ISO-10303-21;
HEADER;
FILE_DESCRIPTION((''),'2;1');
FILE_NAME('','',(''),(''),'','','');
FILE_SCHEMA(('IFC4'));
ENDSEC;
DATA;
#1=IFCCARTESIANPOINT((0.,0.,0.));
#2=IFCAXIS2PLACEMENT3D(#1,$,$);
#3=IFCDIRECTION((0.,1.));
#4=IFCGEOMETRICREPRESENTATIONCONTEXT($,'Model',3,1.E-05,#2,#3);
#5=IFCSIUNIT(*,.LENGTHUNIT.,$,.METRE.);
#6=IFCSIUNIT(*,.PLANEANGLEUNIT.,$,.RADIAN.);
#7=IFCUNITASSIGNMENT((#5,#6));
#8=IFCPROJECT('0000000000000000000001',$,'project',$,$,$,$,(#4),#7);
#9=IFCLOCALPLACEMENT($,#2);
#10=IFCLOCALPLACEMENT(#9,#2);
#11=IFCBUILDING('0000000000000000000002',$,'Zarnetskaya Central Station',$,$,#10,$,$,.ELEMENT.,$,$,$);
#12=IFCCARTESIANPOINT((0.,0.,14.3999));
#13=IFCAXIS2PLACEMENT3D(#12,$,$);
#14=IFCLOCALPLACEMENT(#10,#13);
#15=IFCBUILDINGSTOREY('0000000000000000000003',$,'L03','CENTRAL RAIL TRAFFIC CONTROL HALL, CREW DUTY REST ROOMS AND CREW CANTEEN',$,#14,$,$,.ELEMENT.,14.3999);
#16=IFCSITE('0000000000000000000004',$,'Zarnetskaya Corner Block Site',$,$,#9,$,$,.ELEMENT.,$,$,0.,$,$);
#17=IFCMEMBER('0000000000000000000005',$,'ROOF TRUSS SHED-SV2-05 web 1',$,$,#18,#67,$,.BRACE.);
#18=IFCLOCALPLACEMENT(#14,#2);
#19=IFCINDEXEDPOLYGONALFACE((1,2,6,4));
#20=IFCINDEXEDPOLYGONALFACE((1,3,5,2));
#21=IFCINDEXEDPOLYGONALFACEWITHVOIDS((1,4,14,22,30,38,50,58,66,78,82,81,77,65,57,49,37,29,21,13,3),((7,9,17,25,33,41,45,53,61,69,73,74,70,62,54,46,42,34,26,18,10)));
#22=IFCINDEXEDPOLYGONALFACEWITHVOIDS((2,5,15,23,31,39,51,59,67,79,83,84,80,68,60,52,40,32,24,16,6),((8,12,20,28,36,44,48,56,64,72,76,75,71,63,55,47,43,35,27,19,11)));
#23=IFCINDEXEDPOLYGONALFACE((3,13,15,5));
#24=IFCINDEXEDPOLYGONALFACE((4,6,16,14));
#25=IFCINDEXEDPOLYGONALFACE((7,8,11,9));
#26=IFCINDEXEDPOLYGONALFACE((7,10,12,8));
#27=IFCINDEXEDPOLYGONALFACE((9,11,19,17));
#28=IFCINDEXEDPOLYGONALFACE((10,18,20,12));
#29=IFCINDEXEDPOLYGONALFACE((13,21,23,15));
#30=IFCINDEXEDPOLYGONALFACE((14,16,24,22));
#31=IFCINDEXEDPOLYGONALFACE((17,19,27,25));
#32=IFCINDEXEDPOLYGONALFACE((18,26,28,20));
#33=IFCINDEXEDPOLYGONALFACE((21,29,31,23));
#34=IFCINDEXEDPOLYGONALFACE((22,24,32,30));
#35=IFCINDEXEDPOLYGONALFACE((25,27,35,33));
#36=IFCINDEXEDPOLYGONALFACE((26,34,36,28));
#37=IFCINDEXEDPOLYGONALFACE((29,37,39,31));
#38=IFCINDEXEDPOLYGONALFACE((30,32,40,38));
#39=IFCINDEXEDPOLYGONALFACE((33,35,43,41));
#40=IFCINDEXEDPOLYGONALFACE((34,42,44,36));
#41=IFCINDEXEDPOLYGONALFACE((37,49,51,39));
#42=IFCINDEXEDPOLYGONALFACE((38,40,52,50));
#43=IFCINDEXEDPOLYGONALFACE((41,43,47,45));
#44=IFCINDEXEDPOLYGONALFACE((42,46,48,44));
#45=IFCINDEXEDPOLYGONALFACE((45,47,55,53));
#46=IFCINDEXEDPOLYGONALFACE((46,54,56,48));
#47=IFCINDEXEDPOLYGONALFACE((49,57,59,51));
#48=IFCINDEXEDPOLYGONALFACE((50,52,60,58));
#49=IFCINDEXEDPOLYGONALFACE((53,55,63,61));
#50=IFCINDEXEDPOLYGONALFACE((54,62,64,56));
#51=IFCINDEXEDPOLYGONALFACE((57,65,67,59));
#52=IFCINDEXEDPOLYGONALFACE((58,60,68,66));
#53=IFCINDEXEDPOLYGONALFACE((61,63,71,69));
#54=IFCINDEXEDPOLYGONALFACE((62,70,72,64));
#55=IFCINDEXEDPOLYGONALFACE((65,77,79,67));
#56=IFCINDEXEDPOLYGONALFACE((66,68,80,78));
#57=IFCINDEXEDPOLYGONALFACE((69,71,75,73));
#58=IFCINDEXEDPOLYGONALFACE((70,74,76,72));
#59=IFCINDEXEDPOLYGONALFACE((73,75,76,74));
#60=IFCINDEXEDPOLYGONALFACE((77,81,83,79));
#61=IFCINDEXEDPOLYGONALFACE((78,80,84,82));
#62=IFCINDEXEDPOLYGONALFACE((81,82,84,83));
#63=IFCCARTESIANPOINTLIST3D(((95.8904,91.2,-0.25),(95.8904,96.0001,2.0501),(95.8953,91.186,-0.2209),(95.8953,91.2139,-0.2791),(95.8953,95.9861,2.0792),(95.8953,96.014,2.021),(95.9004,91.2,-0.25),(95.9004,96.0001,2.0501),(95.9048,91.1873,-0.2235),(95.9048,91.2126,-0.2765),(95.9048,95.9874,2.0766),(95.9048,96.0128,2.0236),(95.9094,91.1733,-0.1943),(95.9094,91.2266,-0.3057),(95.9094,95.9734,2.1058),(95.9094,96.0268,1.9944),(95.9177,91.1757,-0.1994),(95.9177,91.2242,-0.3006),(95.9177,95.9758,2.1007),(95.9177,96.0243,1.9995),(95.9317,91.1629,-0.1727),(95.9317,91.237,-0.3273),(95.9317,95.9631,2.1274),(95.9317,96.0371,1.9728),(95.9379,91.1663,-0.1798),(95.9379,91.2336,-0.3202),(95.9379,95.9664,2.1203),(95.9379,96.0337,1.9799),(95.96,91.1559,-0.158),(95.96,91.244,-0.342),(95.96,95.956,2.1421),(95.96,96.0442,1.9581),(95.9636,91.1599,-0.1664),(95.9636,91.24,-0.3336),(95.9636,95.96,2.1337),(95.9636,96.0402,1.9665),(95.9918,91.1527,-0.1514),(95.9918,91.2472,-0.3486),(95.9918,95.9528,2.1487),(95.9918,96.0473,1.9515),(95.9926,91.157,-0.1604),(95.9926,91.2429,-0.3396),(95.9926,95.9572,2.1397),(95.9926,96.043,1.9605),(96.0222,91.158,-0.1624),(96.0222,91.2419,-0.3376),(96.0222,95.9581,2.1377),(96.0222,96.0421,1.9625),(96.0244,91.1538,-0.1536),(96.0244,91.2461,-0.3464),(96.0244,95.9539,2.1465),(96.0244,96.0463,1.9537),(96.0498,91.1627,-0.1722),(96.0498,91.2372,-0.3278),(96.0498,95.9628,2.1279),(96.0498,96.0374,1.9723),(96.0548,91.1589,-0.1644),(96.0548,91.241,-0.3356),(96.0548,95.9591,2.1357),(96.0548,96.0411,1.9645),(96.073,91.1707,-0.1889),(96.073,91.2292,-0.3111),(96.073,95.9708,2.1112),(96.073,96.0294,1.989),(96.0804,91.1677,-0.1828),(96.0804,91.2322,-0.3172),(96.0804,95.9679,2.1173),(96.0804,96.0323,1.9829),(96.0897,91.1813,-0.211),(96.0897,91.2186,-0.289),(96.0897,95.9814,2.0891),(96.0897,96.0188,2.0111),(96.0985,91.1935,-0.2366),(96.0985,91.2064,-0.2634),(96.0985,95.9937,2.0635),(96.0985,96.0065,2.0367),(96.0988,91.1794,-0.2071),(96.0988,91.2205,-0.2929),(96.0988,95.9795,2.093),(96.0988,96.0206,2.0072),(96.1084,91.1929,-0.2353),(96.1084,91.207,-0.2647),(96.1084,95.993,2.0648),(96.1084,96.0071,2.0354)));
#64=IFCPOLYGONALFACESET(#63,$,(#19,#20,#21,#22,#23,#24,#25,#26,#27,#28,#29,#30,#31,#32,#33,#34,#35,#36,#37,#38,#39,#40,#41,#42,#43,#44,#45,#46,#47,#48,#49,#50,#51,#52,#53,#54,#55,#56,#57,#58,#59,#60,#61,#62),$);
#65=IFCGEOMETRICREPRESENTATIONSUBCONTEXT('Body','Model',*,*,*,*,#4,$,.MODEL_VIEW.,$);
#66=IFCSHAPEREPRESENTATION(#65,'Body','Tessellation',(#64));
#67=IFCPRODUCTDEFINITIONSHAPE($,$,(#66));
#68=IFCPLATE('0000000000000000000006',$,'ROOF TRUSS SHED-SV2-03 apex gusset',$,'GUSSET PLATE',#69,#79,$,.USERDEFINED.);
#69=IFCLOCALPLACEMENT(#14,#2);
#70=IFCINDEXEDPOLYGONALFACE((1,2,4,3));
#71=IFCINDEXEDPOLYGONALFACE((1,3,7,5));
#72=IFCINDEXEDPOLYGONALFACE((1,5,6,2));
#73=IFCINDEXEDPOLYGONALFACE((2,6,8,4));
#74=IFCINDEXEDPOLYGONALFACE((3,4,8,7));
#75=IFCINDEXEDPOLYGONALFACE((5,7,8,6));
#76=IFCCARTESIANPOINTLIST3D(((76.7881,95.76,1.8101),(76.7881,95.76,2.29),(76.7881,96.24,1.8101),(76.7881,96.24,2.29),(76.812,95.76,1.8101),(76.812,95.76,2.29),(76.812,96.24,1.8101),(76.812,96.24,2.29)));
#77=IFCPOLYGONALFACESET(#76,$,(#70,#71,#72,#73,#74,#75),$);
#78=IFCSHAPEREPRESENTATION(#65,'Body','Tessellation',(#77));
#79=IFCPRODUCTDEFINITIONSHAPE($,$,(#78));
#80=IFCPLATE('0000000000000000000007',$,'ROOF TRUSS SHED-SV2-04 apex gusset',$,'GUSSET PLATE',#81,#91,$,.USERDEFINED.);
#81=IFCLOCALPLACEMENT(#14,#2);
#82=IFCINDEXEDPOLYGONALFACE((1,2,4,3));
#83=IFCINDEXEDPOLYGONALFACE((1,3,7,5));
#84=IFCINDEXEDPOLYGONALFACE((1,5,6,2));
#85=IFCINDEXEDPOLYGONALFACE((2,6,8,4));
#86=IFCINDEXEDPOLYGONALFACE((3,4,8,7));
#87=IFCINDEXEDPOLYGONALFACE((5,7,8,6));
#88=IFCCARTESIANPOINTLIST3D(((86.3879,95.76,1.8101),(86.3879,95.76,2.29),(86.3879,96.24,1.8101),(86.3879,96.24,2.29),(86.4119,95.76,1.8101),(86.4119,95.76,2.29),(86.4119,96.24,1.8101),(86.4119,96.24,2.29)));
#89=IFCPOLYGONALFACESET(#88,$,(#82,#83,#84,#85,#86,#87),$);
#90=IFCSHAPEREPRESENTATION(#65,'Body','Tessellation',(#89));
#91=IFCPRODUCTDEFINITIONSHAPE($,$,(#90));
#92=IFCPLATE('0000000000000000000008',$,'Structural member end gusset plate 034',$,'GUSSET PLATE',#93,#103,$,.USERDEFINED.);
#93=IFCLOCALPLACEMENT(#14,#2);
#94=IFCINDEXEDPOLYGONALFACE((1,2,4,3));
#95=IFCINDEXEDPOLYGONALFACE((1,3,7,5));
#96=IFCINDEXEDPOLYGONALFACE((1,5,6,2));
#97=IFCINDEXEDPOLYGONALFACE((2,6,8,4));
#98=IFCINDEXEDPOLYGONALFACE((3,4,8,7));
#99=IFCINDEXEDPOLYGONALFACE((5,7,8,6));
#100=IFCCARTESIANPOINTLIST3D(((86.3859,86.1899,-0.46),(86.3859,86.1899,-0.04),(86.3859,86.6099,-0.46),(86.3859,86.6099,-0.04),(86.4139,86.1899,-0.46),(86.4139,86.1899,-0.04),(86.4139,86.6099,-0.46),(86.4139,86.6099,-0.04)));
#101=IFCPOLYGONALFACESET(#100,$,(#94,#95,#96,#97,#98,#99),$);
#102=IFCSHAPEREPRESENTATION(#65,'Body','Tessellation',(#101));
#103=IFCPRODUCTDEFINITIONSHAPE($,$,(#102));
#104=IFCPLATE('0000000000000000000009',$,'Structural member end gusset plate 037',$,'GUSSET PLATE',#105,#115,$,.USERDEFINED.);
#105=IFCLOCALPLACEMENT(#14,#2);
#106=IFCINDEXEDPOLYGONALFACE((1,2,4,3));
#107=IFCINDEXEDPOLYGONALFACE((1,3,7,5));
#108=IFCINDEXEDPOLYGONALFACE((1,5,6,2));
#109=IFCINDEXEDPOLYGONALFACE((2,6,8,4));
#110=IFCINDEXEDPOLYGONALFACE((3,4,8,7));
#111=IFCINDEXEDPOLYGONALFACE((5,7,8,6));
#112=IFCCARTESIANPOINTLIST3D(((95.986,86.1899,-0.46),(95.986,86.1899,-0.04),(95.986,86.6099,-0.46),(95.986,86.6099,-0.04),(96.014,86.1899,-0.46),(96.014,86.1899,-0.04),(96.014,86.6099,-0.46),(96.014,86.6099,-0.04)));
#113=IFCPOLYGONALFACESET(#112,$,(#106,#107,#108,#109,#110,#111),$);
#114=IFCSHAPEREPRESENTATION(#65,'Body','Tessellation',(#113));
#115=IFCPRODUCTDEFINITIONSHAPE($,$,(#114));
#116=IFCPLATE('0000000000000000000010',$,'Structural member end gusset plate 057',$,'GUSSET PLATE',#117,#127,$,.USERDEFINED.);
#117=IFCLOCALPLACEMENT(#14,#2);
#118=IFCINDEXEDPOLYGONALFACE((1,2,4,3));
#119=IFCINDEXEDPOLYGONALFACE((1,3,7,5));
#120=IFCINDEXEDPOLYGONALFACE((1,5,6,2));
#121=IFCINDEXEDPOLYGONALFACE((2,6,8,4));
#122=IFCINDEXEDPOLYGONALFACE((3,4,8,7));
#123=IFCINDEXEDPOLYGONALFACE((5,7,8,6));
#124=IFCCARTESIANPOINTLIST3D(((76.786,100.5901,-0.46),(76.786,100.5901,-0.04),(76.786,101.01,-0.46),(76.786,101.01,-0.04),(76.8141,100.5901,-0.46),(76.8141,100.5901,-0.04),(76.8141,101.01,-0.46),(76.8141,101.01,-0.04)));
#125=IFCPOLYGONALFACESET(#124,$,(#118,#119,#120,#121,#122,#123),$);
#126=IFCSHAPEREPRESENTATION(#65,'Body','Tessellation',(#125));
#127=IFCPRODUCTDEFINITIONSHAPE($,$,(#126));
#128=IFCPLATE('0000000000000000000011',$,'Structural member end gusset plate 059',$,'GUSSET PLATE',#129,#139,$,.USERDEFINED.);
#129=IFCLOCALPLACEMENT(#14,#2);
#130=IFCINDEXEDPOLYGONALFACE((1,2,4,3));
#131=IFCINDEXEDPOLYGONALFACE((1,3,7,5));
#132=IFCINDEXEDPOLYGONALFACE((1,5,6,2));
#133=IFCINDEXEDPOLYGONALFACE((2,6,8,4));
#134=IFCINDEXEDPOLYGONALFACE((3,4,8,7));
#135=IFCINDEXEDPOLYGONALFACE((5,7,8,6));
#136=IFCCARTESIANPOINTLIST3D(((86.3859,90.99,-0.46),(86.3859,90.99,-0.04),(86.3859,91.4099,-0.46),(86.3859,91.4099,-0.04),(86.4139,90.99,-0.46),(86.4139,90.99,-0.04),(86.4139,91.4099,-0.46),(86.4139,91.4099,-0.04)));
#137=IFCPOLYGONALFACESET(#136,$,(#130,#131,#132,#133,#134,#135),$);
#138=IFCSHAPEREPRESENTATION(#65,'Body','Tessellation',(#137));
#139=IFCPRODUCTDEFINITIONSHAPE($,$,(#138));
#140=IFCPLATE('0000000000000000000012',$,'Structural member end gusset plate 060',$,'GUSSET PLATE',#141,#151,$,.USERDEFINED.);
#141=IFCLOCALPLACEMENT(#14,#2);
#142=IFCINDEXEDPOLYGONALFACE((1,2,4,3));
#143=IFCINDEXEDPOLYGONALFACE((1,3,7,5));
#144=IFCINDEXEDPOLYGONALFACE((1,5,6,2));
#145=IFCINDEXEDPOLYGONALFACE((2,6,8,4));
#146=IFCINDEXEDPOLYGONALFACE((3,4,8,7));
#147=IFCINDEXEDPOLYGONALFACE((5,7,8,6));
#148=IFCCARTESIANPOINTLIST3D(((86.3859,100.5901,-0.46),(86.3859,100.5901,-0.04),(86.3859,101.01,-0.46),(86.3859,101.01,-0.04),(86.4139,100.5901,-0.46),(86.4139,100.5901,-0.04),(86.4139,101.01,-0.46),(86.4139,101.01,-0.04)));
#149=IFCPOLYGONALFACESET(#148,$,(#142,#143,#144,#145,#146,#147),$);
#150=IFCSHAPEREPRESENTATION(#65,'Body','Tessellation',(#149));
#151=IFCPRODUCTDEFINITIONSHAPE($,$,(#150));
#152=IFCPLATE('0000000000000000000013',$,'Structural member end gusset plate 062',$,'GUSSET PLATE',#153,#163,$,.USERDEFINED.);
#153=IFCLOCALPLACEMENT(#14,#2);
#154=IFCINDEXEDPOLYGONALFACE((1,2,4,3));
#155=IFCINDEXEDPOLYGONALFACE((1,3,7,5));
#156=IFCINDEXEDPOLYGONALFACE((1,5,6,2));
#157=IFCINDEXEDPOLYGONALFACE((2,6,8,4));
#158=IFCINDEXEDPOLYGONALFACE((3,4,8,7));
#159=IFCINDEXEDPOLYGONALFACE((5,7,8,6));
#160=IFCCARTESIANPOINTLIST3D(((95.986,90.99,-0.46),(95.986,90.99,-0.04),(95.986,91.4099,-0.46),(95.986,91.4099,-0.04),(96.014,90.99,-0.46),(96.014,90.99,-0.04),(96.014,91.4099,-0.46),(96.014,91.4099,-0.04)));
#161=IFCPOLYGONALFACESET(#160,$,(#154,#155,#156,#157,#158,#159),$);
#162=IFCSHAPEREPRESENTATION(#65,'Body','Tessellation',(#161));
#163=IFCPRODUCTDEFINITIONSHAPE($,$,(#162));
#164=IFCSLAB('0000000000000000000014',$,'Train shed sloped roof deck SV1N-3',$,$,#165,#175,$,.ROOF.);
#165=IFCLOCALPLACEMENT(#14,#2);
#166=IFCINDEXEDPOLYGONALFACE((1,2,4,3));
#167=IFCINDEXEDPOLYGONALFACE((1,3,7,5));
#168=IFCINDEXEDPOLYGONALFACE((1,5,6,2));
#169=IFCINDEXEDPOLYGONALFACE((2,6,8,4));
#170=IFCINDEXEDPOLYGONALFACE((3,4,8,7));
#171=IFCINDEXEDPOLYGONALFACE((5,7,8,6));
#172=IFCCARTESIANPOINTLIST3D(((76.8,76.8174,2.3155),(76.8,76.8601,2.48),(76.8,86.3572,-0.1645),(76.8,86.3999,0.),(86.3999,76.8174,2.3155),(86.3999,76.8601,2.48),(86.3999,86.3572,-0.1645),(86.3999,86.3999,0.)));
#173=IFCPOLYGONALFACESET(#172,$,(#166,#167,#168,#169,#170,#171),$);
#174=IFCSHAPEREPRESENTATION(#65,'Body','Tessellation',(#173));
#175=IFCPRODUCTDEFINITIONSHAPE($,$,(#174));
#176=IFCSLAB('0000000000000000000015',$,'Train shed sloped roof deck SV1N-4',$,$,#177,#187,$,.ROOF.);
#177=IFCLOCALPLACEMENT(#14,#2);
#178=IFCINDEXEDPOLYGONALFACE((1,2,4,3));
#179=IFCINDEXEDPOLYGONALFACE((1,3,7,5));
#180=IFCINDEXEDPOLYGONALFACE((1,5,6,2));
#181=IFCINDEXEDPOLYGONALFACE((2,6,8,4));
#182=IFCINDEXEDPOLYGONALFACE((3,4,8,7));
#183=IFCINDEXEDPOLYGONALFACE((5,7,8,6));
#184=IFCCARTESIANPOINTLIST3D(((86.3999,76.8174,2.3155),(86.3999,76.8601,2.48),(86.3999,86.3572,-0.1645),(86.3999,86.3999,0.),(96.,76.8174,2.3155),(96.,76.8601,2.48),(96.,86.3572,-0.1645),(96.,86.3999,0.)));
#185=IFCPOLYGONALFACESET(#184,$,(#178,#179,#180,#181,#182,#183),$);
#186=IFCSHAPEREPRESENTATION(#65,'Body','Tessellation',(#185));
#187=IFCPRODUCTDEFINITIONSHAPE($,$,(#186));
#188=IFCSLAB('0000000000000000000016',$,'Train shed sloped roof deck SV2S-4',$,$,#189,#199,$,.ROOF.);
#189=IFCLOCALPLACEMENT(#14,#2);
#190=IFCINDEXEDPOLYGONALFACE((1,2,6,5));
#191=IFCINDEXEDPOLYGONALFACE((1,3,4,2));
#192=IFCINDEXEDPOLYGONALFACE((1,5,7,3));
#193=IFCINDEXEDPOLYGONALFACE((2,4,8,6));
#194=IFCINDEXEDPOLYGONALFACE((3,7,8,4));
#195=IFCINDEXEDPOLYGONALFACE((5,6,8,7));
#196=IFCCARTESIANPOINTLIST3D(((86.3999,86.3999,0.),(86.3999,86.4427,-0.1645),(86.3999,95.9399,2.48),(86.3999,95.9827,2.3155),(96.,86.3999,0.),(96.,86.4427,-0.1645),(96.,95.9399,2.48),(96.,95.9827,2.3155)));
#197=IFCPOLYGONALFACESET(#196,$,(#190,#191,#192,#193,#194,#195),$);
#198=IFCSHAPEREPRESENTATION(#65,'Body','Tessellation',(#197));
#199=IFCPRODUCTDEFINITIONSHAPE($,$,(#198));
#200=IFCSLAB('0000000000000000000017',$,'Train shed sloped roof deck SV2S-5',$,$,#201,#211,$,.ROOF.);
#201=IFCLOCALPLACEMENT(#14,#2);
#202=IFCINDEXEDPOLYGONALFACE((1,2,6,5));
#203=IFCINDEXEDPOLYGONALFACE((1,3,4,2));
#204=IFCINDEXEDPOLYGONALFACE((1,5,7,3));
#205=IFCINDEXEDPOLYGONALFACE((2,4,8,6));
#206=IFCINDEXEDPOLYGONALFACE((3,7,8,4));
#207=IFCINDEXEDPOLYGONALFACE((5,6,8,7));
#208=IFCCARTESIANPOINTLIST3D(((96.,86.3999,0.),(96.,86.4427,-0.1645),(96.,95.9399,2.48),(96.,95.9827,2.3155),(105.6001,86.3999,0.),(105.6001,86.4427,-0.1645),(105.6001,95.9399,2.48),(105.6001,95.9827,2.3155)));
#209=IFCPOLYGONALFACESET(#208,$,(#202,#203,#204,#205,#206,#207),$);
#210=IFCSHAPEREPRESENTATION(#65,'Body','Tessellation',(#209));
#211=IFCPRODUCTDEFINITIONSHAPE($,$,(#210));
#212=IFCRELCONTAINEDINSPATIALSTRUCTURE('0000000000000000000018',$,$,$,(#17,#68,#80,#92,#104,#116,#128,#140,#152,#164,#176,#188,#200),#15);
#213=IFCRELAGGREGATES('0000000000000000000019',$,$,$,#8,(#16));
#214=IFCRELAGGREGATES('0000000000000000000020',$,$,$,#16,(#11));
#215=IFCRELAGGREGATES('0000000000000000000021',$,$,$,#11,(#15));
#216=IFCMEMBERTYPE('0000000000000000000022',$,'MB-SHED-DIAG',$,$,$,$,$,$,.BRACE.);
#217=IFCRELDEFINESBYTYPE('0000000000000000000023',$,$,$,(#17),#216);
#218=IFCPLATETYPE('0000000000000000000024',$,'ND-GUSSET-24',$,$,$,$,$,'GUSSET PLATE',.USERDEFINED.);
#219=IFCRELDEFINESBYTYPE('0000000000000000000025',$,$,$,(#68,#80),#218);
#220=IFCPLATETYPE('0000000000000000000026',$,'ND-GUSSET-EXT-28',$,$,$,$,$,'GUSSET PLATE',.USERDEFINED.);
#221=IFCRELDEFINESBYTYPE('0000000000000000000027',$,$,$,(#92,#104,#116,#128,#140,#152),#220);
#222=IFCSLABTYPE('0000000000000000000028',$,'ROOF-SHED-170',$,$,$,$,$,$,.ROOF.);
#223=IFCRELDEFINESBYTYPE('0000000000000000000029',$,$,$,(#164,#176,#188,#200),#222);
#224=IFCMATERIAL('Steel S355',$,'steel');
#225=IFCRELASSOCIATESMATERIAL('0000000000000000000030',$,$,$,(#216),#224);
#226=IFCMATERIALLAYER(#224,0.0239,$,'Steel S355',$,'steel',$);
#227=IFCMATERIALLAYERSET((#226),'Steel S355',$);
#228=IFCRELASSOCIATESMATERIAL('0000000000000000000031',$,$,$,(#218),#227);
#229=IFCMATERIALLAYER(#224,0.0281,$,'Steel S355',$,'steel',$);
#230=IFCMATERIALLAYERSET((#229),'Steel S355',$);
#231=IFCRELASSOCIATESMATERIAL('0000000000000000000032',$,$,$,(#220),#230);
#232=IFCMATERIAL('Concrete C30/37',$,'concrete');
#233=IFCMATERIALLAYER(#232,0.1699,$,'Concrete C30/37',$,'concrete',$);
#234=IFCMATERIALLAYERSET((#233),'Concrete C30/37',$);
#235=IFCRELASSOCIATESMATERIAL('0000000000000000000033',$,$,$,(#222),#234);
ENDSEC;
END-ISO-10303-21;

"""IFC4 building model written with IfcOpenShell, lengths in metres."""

from ifc_helpers import new_model, si_unit, direction, frame, origin, origin_2d, place, context, subcontext, project, spatial, polyline, rectangle, hollow_circle, outline, extrude, material, layer, layer_set, material_profile, profile_set, type_object, element, save


model = new_model("IFC4")

# Units and contexts
model_context = context("Model", 3, precision=1e-05, world=origin(), true_north=direction((0.0, 1.0)))
body_context = subcontext(model_context, "Body", "Model", "MODEL_VIEW")
ifc_project = project(units=[si_unit("LENGTHUNIT", "METRE"), si_unit("PLANEANGLEUNIT", "RADIAN")], contexts=[model_context])

# Site, building, storey
site_placement = place(None, origin())
site = spatial("IfcSite", under=ifc_project, at=site_placement, Name="Zarnetskaya Corner Block Site", CompositionType="ELEMENT", RefElevation=0.0)
building_placement = place(site_placement, origin())
building = spatial("IfcBuilding", under=site, at=building_placement, Name="Zarnetskaya Central Station", CompositionType="ELEMENT")
storey_placement = place(building_placement, frame((0.0, 0.0, 14.3999)))
storey = spatial("IfcBuildingStorey", under=building, at=storey_placement, Name="L03", Description="CENTRAL RAIL TRAFFIC CONTROL HALL, CREW DUTY REST ROOMS AND CREW CANTEEN", CompositionType="ELEMENT", Elevation=14.3999)

# Shared definitions
ifc_material_1 = material(Name="Steel S355", Category="steel")

# Member
ifc_material_profile_1 = material_profile(ifc_material_1, hollow_circle(Radius=0.1096, WallThickness=0.01, at=origin_2d()), Name="CHS 219.1x10")
ifc_profile_set_1 = profile_set([ifc_material_profile_1], Name="Steel S355")
member_type_1 = type_object("IfcMemberType", Name="MB-SHED-DIAG", PredefinedType="BRACE", material=ifc_profile_set_1)
for number, where, z_axis, x_axis, name in (
    (1, (96.0, 91.2, -0.25), (0.0, 0.901814, 0.432124), (-1.0, 0.0, 0.0), "ROOF TRUSS SHED-SV2-05 web 1"),
):
    element("IfcMember", number, at=place(storey_placement, frame(where, z_axis=z_axis, x_axis=x_axis)), inside=storey, type_object=member_type_1, Name=name, PredefinedType="BRACE", context=body_context, shape_type="SweptSolid", body=[
        extrude(hollow_circle(Radius=0.1096, WallThickness=0.01, at=origin_2d()), origin(), (0.0, 0.0, 1.0), 5.3228),
    ])

# Plates
ifc_layer_1 = layer(ifc_material_1, 0.0239, Name="Steel S355", Category="steel")
ifc_layer_set_1 = layer_set([ifc_layer_1], Name="Steel S355")
plate_type_1 = type_object("IfcPlateType", Name="ND-GUSSET-24", ElementType="GUSSET PLATE", PredefinedType="USERDEFINED", material=ifc_layer_set_1)
for number, where, z_axis, x_axis, name in (
    (2, (76.8, 96.0, 1.8101), (0.0, 0.0, 1.0), (1.0, 0.0, 0.0), "ROOF TRUSS SHED-SV2-03 apex gusset"),
    (3, (86.3999, 96.0, 1.8101), (0.0, 0.0, 1.0), (1.0, 0.0, 0.0), "ROOF TRUSS SHED-SV2-04 apex gusset"),
):
    element("IfcPlate", number, at=place(storey_placement, frame(where, z_axis=z_axis, x_axis=x_axis)), inside=storey, type_object=plate_type_1, Name=name, ObjectType="GUSSET PLATE", PredefinedType="USERDEFINED", context=body_context, shape_type="SweptSolid", body=[
        extrude(rectangle(XDim=0.0239, YDim=0.48, at=origin_2d()), origin(), (0.0, 0.0, 1.0), 0.48),
    ])
ifc_layer_2 = layer(ifc_material_1, 0.0281, Name="Steel S355", Category="steel")
ifc_layer_set_2 = layer_set([ifc_layer_2], Name="Steel S355")
plate_type_2 = type_object("IfcPlateType", Name="ND-GUSSET-EXT-28", ElementType="GUSSET PLATE", PredefinedType="USERDEFINED", material=ifc_layer_set_2)
for number, where, z_axis, x_axis, name in (
    (4, (86.3999, 86.3999, -0.46), (0.0, 0.0, 1.0), (1.0, 0.0, 0.0), "Structural member end gusset plate 034"),
    (5, (96.0, 86.3999, -0.46), (0.0, 0.0, 1.0), (1.0, 0.0, 0.0), "Structural member end gusset plate 037"),
    (6, (76.8, 100.8, -0.46), (0.0, 0.0, 1.0), (1.0, 0.0, 0.0), "Structural member end gusset plate 057"),
    (7, (86.3999, 91.2, -0.46), (0.0, 0.0, 1.0), (1.0, 0.0, 0.0), "Structural member end gusset plate 059"),
    (8, (86.3999, 100.8, -0.46), (0.0, 0.0, 1.0), (1.0, 0.0, 0.0), "Structural member end gusset plate 060"),
    (9, (96.0, 91.2, -0.46), (0.0, 0.0, 1.0), (1.0, 0.0, 0.0), "Structural member end gusset plate 062"),
):
    element("IfcPlate", number, at=place(storey_placement, frame(where, z_axis=z_axis, x_axis=x_axis)), inside=storey, type_object=plate_type_2, Name=name, ObjectType="GUSSET PLATE", PredefinedType="USERDEFINED", context=body_context, shape_type="SweptSolid", body=[
        extrude(rectangle(XDim=0.0281, YDim=0.4199, at=origin_2d()), origin(), (0.0, 0.0, 1.0), 0.4199),
    ])

# Slabs
ifc_material_2 = material(Name="Concrete C30/37", Category="concrete")
ifc_layer_3 = layer(ifc_material_2, 0.1699, Name="Concrete C30/37", Category="concrete")
ifc_layer_set_3 = layer_set([ifc_layer_3], Name="Concrete C30/37")
slab_type = type_object("IfcSlabType", Name="ROOF-SHED-170", PredefinedType="ROOF", material=ifc_layer_set_3)
slab_1_placement = place(storey_placement, frame((86.3999, 86.3999, 0.0), z_axis=(0.0, 0.251599, 0.967832), x_axis=(-1.0, 0.0, 0.0)))
element("IfcSlab", 10, at=slab_1_placement, inside=storey, type_object=slab_type, Name="Train shed sloped roof deck SV1N-3", PredefinedType="ROOF", context=body_context, shape_type="SweptSolid", body=[
    extrude(outline(polyline([(0.0, 0.0), (9.5999, 0.0), (9.5999, 9.8569), (0.0, 9.8569), (0.0, 0.0)])), origin(), (0.0, 0.0, -1.0), 0.1699),
])
slab_2_placement = place(storey_placement, frame((96.0, 86.3999, 0.0), z_axis=(0.0, 0.251599, 0.967832), x_axis=(-1.0, 0.0, 0.0)))
element("IfcSlab", 11, at=slab_2_placement, inside=storey, type_object=slab_type, Name="Train shed sloped roof deck SV1N-4", PredefinedType="ROOF", context=body_context, shape_type="SweptSolid", body=[
    extrude(outline(polyline([(0.0, 0.0), (9.6001, 0.0), (9.6001, 9.8569), (0.0, 9.8569), (0.0, 0.0)])), origin(), (0.0, 0.0, -1.0), 0.1699),
])
for number, where, z_axis, x_axis, name in (
    (12, (86.3999, 86.3999, 0.0), (0.0, -0.251593, 0.967833), (1.0, 0.0, 0.0), "Train shed sloped roof deck SV2S-4"),
    (13, (96.0, 86.3999, 0.0), (0.0, -0.251593, 0.967833), (1.0, 0.0, 0.0), "Train shed sloped roof deck SV2S-5"),
):
    element("IfcSlab", number, at=place(storey_placement, frame(where, z_axis=z_axis, x_axis=x_axis)), inside=storey, type_object=slab_type, Name=name, PredefinedType="ROOF", context=body_context, shape_type="SweptSolid", body=[
        extrude(outline(polyline([(0.0, 0.0), (9.6001, 0.0), (9.6001, 9.8571), (0.0, 9.8571), (0.0, 0.0)])), origin(), (0.0, 0.0, -1.0), 0.1699),
    ])

save(model, "model.ifc")
